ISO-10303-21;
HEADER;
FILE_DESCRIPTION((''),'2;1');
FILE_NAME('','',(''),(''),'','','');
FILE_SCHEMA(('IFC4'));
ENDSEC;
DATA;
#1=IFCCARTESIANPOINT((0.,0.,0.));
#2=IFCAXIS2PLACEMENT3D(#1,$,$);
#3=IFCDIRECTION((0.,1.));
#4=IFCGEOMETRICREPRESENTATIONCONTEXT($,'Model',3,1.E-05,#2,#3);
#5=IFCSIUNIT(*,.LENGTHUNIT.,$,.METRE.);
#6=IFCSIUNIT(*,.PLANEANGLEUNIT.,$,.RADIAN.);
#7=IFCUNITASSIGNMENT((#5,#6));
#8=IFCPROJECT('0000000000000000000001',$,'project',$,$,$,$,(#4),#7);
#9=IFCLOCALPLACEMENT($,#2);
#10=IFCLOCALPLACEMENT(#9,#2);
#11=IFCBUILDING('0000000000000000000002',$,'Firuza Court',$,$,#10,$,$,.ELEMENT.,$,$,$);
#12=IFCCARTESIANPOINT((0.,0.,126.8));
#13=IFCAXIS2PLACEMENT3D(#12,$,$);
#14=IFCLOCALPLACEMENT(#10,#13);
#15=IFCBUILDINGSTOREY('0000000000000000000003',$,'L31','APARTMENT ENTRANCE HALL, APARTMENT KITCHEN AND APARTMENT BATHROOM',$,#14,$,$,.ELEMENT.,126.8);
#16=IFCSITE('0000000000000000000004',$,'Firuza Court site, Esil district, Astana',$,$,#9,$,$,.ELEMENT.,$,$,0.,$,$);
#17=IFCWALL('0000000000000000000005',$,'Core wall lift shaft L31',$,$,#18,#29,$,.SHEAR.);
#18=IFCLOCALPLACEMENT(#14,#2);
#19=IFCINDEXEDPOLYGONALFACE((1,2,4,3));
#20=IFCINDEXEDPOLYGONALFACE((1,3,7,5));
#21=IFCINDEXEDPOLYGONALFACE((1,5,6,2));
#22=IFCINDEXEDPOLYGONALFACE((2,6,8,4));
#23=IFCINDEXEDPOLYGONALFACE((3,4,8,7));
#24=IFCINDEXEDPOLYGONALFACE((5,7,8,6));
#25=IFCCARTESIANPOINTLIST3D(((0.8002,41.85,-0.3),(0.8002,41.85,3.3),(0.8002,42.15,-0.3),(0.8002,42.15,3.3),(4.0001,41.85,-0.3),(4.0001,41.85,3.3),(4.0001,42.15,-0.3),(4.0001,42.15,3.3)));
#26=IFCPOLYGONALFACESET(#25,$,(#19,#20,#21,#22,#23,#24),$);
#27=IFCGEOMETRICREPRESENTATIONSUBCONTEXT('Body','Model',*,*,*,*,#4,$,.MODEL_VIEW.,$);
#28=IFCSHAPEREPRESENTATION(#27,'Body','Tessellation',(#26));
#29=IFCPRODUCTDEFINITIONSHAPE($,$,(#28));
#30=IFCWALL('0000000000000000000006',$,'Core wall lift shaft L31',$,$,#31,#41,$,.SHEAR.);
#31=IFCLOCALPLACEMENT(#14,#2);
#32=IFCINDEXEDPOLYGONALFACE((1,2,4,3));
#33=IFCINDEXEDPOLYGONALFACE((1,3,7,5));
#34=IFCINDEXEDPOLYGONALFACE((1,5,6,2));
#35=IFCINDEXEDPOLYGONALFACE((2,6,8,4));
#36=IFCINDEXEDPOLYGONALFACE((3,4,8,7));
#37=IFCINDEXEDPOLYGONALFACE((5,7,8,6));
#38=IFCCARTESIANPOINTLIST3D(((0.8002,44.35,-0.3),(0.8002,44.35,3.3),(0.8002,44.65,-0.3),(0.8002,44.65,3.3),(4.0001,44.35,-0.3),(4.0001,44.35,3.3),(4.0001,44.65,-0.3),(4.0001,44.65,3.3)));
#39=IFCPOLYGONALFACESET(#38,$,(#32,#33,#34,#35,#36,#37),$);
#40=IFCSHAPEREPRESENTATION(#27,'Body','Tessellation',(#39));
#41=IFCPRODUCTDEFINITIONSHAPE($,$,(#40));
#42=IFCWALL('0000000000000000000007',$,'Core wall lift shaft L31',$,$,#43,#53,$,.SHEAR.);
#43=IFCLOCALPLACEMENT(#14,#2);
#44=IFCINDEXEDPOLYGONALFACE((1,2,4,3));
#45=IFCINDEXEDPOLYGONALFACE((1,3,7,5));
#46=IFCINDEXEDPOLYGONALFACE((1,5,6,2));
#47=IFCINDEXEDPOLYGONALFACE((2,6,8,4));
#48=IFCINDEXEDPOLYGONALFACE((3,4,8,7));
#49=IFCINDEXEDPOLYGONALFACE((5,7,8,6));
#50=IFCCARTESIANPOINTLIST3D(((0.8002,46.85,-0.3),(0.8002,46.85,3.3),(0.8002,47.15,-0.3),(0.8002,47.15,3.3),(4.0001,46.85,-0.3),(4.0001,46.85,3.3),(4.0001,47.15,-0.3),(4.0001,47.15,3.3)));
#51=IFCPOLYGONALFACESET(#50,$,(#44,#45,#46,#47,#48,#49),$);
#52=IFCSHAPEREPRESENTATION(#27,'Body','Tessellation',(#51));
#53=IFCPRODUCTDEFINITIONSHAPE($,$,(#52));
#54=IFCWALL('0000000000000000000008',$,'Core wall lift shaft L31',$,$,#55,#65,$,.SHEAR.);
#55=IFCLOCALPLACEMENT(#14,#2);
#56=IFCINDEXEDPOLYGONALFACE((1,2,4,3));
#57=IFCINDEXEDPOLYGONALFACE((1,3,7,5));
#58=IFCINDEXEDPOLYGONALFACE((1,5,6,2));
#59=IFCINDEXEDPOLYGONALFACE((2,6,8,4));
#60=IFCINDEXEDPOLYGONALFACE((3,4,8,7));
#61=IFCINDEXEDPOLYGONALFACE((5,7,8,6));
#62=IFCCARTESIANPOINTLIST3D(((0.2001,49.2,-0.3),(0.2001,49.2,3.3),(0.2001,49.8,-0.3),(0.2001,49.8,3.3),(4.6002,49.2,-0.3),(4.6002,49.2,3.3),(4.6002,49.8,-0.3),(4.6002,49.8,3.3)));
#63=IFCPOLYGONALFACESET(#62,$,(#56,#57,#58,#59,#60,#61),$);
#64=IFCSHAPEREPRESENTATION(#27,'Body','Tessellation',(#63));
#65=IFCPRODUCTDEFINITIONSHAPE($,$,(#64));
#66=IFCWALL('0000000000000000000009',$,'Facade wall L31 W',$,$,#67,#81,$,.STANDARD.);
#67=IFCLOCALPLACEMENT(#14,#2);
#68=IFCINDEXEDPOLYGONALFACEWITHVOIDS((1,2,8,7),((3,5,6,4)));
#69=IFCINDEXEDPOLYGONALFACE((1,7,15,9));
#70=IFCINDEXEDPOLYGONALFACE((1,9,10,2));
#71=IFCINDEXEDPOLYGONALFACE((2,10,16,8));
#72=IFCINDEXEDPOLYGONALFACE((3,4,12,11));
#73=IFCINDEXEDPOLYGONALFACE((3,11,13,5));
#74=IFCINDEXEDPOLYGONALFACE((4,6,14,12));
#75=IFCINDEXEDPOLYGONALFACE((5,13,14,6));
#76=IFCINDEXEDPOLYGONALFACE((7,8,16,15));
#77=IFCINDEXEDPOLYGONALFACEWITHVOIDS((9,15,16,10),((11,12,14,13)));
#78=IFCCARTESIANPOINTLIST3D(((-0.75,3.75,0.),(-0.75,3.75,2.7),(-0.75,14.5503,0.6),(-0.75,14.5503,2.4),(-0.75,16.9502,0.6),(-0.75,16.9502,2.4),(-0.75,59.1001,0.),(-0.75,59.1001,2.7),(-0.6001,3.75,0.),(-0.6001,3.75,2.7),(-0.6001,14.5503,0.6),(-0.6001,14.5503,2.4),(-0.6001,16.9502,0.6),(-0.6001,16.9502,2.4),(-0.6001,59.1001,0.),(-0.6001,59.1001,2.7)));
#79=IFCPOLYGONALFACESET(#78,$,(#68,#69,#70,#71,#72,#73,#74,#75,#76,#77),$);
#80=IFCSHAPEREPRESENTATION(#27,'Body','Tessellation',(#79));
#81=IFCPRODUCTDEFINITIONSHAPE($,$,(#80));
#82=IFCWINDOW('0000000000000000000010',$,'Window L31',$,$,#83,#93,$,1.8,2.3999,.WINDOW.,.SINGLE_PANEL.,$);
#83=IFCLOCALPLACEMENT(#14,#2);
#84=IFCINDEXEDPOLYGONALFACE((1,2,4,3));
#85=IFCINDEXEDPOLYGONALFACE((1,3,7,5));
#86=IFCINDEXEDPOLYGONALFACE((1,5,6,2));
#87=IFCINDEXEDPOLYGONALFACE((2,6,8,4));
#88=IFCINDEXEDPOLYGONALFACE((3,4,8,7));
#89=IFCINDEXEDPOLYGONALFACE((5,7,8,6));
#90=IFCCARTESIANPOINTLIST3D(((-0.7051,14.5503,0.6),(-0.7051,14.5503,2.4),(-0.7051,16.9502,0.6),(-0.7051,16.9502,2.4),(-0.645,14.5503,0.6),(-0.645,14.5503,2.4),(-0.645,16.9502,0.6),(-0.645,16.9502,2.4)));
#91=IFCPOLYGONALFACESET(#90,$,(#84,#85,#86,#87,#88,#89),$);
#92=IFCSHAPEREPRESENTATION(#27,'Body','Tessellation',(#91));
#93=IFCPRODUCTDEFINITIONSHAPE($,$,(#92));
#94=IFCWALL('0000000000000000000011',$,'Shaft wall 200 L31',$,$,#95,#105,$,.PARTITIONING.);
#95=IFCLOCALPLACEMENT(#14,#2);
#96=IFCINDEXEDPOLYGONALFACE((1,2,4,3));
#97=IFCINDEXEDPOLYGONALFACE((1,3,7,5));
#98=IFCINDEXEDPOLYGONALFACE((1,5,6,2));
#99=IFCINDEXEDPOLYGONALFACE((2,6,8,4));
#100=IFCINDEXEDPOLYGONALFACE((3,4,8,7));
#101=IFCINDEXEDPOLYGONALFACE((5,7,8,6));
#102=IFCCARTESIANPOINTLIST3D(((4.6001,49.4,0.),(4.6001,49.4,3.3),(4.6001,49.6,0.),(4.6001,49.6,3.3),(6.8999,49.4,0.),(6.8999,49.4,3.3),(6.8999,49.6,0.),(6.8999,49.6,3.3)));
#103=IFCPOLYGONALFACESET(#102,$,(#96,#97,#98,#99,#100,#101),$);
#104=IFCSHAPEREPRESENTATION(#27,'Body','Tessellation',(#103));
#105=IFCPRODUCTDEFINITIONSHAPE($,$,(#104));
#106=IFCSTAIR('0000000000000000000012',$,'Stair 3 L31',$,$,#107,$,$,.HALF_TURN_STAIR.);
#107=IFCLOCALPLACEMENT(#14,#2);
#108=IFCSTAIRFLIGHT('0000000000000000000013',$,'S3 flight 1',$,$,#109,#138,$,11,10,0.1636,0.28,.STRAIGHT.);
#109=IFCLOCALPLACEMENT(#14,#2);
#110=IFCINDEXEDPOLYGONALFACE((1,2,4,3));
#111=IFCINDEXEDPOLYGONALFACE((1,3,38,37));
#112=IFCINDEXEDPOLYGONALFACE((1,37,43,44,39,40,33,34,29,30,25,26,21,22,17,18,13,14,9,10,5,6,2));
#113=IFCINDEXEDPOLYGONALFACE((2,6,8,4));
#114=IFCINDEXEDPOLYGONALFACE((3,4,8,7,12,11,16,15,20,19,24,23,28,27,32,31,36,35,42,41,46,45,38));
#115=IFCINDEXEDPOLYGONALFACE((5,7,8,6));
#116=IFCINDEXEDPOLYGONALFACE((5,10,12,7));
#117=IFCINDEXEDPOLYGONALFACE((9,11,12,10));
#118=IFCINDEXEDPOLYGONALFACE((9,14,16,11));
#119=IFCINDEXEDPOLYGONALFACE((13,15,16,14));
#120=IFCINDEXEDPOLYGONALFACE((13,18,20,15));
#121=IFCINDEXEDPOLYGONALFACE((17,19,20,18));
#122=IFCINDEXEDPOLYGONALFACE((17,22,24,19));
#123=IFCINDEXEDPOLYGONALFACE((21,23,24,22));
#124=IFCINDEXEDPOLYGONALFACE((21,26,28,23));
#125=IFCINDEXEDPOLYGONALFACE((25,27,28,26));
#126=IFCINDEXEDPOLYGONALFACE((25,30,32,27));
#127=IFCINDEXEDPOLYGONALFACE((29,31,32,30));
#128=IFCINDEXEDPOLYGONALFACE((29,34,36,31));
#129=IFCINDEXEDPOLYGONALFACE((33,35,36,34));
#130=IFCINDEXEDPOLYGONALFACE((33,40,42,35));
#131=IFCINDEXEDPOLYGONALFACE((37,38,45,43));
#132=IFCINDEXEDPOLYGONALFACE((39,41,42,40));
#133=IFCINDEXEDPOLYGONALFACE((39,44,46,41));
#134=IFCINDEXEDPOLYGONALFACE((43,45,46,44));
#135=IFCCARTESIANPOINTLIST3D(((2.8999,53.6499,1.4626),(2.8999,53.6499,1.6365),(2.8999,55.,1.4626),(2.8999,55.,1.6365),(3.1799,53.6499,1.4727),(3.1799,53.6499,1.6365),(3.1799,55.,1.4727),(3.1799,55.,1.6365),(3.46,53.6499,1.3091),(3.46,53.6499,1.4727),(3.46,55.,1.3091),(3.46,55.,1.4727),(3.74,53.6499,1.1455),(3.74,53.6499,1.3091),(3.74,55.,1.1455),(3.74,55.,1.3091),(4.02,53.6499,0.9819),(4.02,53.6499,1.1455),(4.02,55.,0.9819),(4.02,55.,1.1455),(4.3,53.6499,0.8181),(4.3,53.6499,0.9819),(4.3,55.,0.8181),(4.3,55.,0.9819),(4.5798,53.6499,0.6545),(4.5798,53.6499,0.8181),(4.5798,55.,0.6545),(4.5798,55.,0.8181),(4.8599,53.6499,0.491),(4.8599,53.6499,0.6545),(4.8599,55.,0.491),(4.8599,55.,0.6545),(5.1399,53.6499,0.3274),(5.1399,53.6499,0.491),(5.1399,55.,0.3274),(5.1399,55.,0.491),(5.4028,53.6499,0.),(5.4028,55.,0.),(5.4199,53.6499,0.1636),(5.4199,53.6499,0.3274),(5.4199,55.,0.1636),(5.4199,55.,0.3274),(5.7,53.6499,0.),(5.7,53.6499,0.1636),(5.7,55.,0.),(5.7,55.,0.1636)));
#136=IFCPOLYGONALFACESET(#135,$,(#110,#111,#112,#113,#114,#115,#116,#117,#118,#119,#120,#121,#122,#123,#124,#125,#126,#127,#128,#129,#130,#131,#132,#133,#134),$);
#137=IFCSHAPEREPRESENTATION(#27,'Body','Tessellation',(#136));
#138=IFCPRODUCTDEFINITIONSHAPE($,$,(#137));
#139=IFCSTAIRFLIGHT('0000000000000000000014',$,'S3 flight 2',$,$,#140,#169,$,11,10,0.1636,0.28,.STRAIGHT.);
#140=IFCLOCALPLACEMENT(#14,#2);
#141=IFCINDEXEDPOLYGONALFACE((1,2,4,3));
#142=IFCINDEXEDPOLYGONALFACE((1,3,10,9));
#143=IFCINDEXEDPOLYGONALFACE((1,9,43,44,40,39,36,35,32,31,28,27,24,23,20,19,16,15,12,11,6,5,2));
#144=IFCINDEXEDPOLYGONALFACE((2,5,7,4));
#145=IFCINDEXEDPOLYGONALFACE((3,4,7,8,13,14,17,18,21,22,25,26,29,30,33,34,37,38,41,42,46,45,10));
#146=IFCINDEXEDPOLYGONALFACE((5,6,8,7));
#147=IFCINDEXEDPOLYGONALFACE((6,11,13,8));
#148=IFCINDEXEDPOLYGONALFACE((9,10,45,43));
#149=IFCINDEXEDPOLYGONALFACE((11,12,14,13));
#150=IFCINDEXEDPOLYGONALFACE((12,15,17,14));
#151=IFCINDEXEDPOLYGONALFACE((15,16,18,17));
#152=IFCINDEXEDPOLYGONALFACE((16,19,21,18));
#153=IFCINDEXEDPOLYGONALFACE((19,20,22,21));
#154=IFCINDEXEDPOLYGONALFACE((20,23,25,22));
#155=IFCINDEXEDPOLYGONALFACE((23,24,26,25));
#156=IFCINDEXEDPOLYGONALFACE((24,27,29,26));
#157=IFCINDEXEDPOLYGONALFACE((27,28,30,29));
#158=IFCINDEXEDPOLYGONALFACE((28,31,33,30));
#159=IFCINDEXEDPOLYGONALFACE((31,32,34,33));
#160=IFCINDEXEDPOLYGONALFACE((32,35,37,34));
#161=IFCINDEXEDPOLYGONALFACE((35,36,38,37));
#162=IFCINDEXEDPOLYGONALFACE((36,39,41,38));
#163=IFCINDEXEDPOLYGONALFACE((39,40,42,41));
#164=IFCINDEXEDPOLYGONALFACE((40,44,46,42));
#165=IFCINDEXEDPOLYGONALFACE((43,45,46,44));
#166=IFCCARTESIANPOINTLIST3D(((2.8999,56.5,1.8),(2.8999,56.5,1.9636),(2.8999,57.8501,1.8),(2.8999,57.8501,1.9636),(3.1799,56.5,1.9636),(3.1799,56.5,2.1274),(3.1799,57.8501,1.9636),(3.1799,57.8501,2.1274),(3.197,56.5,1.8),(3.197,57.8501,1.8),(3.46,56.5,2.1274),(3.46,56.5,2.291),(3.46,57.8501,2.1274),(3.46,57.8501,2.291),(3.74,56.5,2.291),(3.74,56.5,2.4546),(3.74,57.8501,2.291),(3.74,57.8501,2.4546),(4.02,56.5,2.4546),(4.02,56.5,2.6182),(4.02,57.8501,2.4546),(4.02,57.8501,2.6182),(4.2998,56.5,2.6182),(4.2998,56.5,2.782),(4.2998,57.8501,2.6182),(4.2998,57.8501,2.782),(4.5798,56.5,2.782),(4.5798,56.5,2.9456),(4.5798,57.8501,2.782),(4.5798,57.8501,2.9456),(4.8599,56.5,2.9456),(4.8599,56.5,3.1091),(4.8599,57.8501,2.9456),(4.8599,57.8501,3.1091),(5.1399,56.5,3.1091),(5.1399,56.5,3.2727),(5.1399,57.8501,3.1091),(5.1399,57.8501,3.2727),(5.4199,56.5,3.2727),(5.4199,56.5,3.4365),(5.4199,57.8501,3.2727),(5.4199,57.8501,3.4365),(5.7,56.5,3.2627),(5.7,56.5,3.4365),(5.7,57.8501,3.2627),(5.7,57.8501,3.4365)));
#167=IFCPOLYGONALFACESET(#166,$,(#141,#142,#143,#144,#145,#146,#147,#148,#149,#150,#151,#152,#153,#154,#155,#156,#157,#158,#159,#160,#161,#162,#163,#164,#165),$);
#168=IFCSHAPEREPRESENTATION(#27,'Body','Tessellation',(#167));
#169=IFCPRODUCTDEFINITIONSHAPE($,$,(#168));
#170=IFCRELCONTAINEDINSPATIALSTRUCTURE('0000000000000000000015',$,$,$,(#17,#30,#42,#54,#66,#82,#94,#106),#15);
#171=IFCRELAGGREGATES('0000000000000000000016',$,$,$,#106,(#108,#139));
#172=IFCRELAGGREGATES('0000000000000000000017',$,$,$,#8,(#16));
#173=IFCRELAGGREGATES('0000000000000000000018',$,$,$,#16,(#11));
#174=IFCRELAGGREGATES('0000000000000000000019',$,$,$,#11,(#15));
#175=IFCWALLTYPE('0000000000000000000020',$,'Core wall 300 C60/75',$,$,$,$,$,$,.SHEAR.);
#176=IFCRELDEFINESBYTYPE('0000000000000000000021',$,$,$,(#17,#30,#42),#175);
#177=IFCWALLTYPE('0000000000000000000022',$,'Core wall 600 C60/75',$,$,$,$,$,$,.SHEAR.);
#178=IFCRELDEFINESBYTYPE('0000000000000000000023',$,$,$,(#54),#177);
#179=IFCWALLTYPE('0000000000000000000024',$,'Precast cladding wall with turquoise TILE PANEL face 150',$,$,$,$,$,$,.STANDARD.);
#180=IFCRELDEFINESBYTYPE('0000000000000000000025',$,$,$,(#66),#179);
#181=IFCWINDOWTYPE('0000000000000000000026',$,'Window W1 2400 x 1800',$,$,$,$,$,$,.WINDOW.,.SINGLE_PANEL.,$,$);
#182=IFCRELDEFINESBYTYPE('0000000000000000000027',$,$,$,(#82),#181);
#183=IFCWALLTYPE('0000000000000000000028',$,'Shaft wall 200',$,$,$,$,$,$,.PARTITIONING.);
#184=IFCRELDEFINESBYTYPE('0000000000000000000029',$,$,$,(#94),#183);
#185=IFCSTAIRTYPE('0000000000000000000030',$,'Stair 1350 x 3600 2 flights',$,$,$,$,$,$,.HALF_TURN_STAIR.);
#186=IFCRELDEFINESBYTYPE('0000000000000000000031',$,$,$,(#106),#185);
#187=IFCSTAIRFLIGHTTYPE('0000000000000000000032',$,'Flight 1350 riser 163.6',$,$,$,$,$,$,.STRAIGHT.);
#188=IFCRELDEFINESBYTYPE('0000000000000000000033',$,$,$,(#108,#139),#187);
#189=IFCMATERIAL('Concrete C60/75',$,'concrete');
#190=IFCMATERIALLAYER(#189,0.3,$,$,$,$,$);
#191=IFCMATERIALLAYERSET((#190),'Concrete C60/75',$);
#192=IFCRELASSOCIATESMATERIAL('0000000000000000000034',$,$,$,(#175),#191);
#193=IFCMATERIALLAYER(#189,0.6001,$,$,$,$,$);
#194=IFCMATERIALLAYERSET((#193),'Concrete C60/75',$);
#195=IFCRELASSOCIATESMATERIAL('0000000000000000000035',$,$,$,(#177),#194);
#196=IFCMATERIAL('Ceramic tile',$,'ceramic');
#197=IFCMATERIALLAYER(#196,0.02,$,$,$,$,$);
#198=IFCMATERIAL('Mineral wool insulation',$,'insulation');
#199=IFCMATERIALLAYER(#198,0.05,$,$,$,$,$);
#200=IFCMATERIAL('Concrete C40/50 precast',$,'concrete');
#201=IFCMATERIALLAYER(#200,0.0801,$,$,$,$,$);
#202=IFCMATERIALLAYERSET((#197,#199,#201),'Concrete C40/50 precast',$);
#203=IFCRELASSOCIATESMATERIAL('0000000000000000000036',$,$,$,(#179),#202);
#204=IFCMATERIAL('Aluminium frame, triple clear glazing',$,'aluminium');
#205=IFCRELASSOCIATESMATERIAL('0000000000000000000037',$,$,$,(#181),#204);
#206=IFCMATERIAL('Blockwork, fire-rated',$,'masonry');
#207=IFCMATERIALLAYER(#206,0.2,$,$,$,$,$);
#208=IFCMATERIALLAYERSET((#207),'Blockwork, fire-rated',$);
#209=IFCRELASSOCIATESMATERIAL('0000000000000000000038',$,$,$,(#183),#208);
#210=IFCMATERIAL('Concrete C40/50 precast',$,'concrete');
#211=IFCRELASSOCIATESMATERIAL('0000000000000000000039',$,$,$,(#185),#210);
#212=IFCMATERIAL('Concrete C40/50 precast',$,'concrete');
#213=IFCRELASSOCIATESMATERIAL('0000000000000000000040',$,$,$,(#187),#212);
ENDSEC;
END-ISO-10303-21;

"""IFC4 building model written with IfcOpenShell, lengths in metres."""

from ifc_helpers import new_model, si_unit, direction, frame, frame_2d, origin, place, context, subcontext, project, spatial, polyline, rectangle, outline, extrude, material, layer, layer_set, type_object, element, fill, aggregate, save


model = new_model("IFC4")

# Units and contexts
model_context = context("Model", 3, precision=1e-05, world=origin(), true_north=direction((0.0, 1.0)))
body_context = subcontext(model_context, "Body", "Model", "MODEL_VIEW")
ifc_project = project(units=[si_unit("LENGTHUNIT", "METRE"), si_unit("PLANEANGLEUNIT", "RADIAN")], contexts=[model_context])

# Site, building, storey
site_placement = place(None, origin())
site = spatial("IfcSite", under=ifc_project, at=site_placement, Name="Firuza Court site, Esil district, Astana", CompositionType="ELEMENT", RefElevation=0.0)
building_placement = place(site_placement, origin())
building = spatial("IfcBuilding", under=site, at=building_placement, Name="Firuza Court", CompositionType="ELEMENT")
storey_placement = place(building_placement, frame((0.0, 0.0, 126.8)))
storey = spatial("IfcBuildingStorey", under=building, at=storey_placement, Name="L31", Description="APARTMENT ENTRANCE HALL, APARTMENT KITCHEN AND APARTMENT BATHROOM", CompositionType="ELEMENT", Elevation=126.8)

# Shared definitions
ifc_material_1 = material(Name="Concrete C60/75", Category="concrete")
ifc_layer_1 = layer(ifc_material_1, 0.3)
ifc_layer_set_1 = layer_set([ifc_layer_1], Name="Concrete C60/75")
wall_type_1 = type_object("IfcWallType", Name="Core wall 300 C60/75", PredefinedType="SHEAR", material=ifc_layer_set_1)

# Walls
for number, where, z_axis, x_axis, name in (
    (1, (0.8, 42.0, -0.3), (0.0, 0.0, 1.0), (1.0, 0.0, 0.0), "Core wall lift shaft L31"),
    (2, (0.8, 44.5, -0.3), (0.0, 0.0, 1.0), (1.0, 0.0, 0.0), "Core wall lift shaft L31"),
    (3, (0.8, 47.0, -0.3), (0.0, 0.0, 1.0), (1.0, 0.0, 0.0), "Core wall lift shaft L31"),
):
    element("IfcWall", number, at=place(storey_placement, frame(where, z_axis=z_axis, x_axis=x_axis)), inside=storey, type_object=wall_type_1, Name=name, PredefinedType="SHEAR", context=body_context, shape_type="SweptSolid", body=[
        extrude(rectangle(XDim=3.2, YDim=0.3, at=frame_2d((1.6001, 0.0))), origin(), (0.0, 0.0, 1.0), 3.6001),
    ])
ifc_layer_2 = layer(ifc_material_1, 0.6001)
ifc_layer_set_2 = layer_set([ifc_layer_2], Name="Concrete C60/75")
wall_type_2 = type_object("IfcWallType", Name="Core wall 600 C60/75", PredefinedType="SHEAR", material=ifc_layer_set_2)
wall_1_placement = place(storey_placement, frame((0.2, 49.5, -0.3), z_axis=(0.0, 0.0, 1.0), x_axis=(1.0, 0.0, 0.0)))
element("IfcWall", 4, at=wall_1_placement, inside=storey, type_object=wall_type_2, Name="Core wall lift shaft L31", PredefinedType="SHEAR", context=body_context, shape_type="SweptSolid", body=[
    extrude(rectangle(XDim=4.4001, YDim=0.6001, at=frame_2d((2.2002, 0.0))), origin(), (0.0, 0.0, 1.0), 3.6001),
])

# Wall, opening, window
ifc_material_2 = material(Name="Ceramic tile", Category="ceramic")
ifc_layer_3 = layer(ifc_material_2, 0.02)
ifc_material_3 = material(Name="Mineral wool insulation", Category="insulation")
ifc_layer_4 = layer(ifc_material_3, 0.05)
ifc_material_4 = material(Name="Concrete C40/50 precast", Category="concrete")
ifc_layer_5 = layer(ifc_material_4, 0.0801)
ifc_layer_set_3 = layer_set([ifc_layer_3, ifc_layer_4, ifc_layer_5], Name="Concrete C40/50 precast")
wall_type_3 = type_object("IfcWallType", Name="Precast cladding wall with turquoise TILE PANEL face 150", PredefinedType="STANDARD", material=ifc_layer_set_3)
wall_2_placement = place(storey_placement, frame((-0.675, 59.1001, 0.0), z_axis=(0.0, 0.0, 1.0), x_axis=(0.0, -1.0, 0.0)))
wall_2 = element("IfcWall", 5, at=wall_2_placement, inside=storey, type_object=wall_type_3, Name="Facade wall L31 W", PredefinedType="STANDARD", context=body_context, shape_type="SweptSolid", body=[
    extrude(rectangle(XDim=55.3501, YDim=0.1499, at=frame_2d((27.675, 0.0))), origin(), (0.0, 0.0, 1.0), 2.7),
])
opening_1_placement = place(wall_2_placement, frame((42.1499, 0.0, 0.6001)))
opening_1 = element("IfcOpeningElement", 6, at=opening_1_placement, cuts=wall_2, PredefinedType="OPENING", context=body_context, shape_type="SweptSolid", body=[
    extrude(rectangle(XDim=2.3999, YDim=1.8, at=frame_2d((1.2, 0.8999))), frame((0.0, 0.0869, 0.0), z_axis=(0.0, -1.0, 0.0), x_axis=(1.0, 0.0, 0.0)), (0.0, 0.0, 1.0), 0.1738),
])
ifc_material_5 = material(Name="Aluminium frame, triple clear glazing", Category="aluminium")
window_type = type_object("IfcWindowType", Name="Window W1 2400 x 1800", PartitioningType="SINGLE_PANEL", PredefinedType="WINDOW", material=ifc_material_5)
window_placement = place(opening_1_placement, origin())
window = element("IfcWindow", 7, at=window_placement, inside=storey, type_object=window_type, Name="Window L31", OverallHeight=1.8, OverallWidth=2.3999, PartitioningType="SINGLE_PANEL", PredefinedType="WINDOW", context=body_context, shape_type="SweptSolid", body=[
    extrude(rectangle(XDim=2.3999, YDim=1.8, at=frame_2d((1.2, 0.8999))), frame((0.0, 0.03, 0.0), z_axis=(0.0, -1.0, 0.0), x_axis=(1.0, 0.0, 0.0)), (0.0, 0.0, 1.0), 0.0601),
])
fill(opening_1, window)

# Wall
ifc_material_6 = material(Name="Blockwork, fire-rated", Category="masonry")
ifc_layer_6 = layer(ifc_material_6, 0.2)
ifc_layer_set_4 = layer_set([ifc_layer_6], Name="Blockwork, fire-rated")
wall_type_4 = type_object("IfcWallType", Name="Shaft wall 200", PredefinedType="PARTITIONING", material=ifc_layer_set_4)
wall_3_placement = place(storey_placement, frame((4.6001, 49.5, 0.0), z_axis=(0.0, 0.0, 1.0), x_axis=(1.0, 0.0, 0.0)))
element("IfcWall", 8, at=wall_3_placement, inside=storey, type_object=wall_type_4, Name="Shaft wall 200 L31", PredefinedType="PARTITIONING", context=body_context, shape_type="SweptSolid", body=[
    extrude(rectangle(XDim=2.2998, YDim=0.2, at=frame_2d((1.1499, 0.0))), origin(), (0.0, 0.0, 1.0), 3.3),
])

# Stair, stair flights
ifc_material_7 = material(Name="Concrete C40/50 precast", Category="concrete")
stair_type = type_object("IfcStairType", Name="Stair 1350 x 3600 2 flights", PredefinedType="HALF_TURN_STAIR", material=ifc_material_7)
stair_placement = place(storey_placement, origin())
stair = element("IfcStair", 9, at=stair_placement, inside=storey, type_object=stair_type, Name="Stair 3 L31", PredefinedType="HALF_TURN_STAIR")
ifc_material_8 = material(Name="Concrete C40/50 precast", Category="concrete")
stair_flight_type = type_object("IfcStairFlightType", Name="Flight 1350 riser 163.6", PredefinedType="STRAIGHT", material=ifc_material_8)
stair_flight_1_placement = place(storey_placement, frame((5.7, 54.325, 0.0), z_axis=(0.0, 0.0, 1.0), x_axis=(-1.0, 0.0, 0.0)))
stair_flight_1 = element("IfcStairFlight", 10, at=stair_flight_1_placement, type_object=stair_flight_type, Name="S3 flight 1", NumberOfRisers=11, NumberOfTreads=10, PredefinedType="STRAIGHT", RiserHeight=0.1636, TreadLength=0.28, context=body_context, shape_type="SweptSolid", body=[
    extrude(outline(polyline([(0.0, 0.0), (0.0, 0.1636), (0.28, 0.1636), (0.28, 0.3274), (0.5601, 0.3274), (0.5601, 0.491), (0.8401, 0.491), (0.8401, 0.6545), (1.1201, 0.6545), (1.1201, 0.8181), (1.3999, 0.8181), (1.3999, 0.9819), (1.6799, 0.9819), (1.6799, 1.1455), (1.96, 1.1455), (1.96, 1.3091), (2.24, 1.3091), (2.24, 1.4727), (2.52, 1.4727), (2.52, 1.6365), (2.8, 1.6365), (2.8, 1.8), (2.8, 1.4626), (0.2971, 0.0), (0.0, 0.0)])), frame((0.0, 0.675, 0.0), z_axis=(0.0, -1.0, 0.0), x_axis=(1.0, 0.0, 0.0)), (0.0, 0.0, 1.0), 1.3501),
])
stair_flight_2_placement = place(storey_placement, frame((2.8999, 57.175, 1.8), z_axis=(0.0, 0.0, 1.0), x_axis=(1.0, 0.0, 0.0)))
stair_flight_2 = element("IfcStairFlight", 11, at=stair_flight_2_placement, type_object=stair_flight_type, Name="S3 flight 2", NumberOfRisers=11, NumberOfTreads=10, PredefinedType="STRAIGHT", RiserHeight=0.1636, TreadLength=0.28, context=body_context, shape_type="SweptSolid", body=[
    extrude(outline(polyline([(0.0, 0.0), (0.0, 0.1636), (0.28, 0.1636), (0.28, 0.3274), (0.5601, 0.3274), (0.5601, 0.491), (0.8401, 0.491), (0.8401, 0.6545), (1.1201, 0.6545), (1.1201, 0.8181), (1.3999, 0.8181), (1.3999, 0.9819), (1.6799, 0.9819), (1.6799, 1.1455), (1.96, 1.1455), (1.96, 1.3091), (2.24, 1.3091), (2.24, 1.4727), (2.52, 1.4727), (2.52, 1.6365), (2.8, 1.6365), (2.8, 1.8), (2.8, 1.4626), (0.2971, 0.0), (0.0, 0.0)])), frame((0.0, 0.675, 0.0), z_axis=(0.0, -1.0, 0.0), x_axis=(1.0, 0.0, 0.0)), (0.0, 0.0, 1.0), 1.3501),
])
aggregate(stair, [stair_flight_1, stair_flight_2])

save(model, "model.ifc")
